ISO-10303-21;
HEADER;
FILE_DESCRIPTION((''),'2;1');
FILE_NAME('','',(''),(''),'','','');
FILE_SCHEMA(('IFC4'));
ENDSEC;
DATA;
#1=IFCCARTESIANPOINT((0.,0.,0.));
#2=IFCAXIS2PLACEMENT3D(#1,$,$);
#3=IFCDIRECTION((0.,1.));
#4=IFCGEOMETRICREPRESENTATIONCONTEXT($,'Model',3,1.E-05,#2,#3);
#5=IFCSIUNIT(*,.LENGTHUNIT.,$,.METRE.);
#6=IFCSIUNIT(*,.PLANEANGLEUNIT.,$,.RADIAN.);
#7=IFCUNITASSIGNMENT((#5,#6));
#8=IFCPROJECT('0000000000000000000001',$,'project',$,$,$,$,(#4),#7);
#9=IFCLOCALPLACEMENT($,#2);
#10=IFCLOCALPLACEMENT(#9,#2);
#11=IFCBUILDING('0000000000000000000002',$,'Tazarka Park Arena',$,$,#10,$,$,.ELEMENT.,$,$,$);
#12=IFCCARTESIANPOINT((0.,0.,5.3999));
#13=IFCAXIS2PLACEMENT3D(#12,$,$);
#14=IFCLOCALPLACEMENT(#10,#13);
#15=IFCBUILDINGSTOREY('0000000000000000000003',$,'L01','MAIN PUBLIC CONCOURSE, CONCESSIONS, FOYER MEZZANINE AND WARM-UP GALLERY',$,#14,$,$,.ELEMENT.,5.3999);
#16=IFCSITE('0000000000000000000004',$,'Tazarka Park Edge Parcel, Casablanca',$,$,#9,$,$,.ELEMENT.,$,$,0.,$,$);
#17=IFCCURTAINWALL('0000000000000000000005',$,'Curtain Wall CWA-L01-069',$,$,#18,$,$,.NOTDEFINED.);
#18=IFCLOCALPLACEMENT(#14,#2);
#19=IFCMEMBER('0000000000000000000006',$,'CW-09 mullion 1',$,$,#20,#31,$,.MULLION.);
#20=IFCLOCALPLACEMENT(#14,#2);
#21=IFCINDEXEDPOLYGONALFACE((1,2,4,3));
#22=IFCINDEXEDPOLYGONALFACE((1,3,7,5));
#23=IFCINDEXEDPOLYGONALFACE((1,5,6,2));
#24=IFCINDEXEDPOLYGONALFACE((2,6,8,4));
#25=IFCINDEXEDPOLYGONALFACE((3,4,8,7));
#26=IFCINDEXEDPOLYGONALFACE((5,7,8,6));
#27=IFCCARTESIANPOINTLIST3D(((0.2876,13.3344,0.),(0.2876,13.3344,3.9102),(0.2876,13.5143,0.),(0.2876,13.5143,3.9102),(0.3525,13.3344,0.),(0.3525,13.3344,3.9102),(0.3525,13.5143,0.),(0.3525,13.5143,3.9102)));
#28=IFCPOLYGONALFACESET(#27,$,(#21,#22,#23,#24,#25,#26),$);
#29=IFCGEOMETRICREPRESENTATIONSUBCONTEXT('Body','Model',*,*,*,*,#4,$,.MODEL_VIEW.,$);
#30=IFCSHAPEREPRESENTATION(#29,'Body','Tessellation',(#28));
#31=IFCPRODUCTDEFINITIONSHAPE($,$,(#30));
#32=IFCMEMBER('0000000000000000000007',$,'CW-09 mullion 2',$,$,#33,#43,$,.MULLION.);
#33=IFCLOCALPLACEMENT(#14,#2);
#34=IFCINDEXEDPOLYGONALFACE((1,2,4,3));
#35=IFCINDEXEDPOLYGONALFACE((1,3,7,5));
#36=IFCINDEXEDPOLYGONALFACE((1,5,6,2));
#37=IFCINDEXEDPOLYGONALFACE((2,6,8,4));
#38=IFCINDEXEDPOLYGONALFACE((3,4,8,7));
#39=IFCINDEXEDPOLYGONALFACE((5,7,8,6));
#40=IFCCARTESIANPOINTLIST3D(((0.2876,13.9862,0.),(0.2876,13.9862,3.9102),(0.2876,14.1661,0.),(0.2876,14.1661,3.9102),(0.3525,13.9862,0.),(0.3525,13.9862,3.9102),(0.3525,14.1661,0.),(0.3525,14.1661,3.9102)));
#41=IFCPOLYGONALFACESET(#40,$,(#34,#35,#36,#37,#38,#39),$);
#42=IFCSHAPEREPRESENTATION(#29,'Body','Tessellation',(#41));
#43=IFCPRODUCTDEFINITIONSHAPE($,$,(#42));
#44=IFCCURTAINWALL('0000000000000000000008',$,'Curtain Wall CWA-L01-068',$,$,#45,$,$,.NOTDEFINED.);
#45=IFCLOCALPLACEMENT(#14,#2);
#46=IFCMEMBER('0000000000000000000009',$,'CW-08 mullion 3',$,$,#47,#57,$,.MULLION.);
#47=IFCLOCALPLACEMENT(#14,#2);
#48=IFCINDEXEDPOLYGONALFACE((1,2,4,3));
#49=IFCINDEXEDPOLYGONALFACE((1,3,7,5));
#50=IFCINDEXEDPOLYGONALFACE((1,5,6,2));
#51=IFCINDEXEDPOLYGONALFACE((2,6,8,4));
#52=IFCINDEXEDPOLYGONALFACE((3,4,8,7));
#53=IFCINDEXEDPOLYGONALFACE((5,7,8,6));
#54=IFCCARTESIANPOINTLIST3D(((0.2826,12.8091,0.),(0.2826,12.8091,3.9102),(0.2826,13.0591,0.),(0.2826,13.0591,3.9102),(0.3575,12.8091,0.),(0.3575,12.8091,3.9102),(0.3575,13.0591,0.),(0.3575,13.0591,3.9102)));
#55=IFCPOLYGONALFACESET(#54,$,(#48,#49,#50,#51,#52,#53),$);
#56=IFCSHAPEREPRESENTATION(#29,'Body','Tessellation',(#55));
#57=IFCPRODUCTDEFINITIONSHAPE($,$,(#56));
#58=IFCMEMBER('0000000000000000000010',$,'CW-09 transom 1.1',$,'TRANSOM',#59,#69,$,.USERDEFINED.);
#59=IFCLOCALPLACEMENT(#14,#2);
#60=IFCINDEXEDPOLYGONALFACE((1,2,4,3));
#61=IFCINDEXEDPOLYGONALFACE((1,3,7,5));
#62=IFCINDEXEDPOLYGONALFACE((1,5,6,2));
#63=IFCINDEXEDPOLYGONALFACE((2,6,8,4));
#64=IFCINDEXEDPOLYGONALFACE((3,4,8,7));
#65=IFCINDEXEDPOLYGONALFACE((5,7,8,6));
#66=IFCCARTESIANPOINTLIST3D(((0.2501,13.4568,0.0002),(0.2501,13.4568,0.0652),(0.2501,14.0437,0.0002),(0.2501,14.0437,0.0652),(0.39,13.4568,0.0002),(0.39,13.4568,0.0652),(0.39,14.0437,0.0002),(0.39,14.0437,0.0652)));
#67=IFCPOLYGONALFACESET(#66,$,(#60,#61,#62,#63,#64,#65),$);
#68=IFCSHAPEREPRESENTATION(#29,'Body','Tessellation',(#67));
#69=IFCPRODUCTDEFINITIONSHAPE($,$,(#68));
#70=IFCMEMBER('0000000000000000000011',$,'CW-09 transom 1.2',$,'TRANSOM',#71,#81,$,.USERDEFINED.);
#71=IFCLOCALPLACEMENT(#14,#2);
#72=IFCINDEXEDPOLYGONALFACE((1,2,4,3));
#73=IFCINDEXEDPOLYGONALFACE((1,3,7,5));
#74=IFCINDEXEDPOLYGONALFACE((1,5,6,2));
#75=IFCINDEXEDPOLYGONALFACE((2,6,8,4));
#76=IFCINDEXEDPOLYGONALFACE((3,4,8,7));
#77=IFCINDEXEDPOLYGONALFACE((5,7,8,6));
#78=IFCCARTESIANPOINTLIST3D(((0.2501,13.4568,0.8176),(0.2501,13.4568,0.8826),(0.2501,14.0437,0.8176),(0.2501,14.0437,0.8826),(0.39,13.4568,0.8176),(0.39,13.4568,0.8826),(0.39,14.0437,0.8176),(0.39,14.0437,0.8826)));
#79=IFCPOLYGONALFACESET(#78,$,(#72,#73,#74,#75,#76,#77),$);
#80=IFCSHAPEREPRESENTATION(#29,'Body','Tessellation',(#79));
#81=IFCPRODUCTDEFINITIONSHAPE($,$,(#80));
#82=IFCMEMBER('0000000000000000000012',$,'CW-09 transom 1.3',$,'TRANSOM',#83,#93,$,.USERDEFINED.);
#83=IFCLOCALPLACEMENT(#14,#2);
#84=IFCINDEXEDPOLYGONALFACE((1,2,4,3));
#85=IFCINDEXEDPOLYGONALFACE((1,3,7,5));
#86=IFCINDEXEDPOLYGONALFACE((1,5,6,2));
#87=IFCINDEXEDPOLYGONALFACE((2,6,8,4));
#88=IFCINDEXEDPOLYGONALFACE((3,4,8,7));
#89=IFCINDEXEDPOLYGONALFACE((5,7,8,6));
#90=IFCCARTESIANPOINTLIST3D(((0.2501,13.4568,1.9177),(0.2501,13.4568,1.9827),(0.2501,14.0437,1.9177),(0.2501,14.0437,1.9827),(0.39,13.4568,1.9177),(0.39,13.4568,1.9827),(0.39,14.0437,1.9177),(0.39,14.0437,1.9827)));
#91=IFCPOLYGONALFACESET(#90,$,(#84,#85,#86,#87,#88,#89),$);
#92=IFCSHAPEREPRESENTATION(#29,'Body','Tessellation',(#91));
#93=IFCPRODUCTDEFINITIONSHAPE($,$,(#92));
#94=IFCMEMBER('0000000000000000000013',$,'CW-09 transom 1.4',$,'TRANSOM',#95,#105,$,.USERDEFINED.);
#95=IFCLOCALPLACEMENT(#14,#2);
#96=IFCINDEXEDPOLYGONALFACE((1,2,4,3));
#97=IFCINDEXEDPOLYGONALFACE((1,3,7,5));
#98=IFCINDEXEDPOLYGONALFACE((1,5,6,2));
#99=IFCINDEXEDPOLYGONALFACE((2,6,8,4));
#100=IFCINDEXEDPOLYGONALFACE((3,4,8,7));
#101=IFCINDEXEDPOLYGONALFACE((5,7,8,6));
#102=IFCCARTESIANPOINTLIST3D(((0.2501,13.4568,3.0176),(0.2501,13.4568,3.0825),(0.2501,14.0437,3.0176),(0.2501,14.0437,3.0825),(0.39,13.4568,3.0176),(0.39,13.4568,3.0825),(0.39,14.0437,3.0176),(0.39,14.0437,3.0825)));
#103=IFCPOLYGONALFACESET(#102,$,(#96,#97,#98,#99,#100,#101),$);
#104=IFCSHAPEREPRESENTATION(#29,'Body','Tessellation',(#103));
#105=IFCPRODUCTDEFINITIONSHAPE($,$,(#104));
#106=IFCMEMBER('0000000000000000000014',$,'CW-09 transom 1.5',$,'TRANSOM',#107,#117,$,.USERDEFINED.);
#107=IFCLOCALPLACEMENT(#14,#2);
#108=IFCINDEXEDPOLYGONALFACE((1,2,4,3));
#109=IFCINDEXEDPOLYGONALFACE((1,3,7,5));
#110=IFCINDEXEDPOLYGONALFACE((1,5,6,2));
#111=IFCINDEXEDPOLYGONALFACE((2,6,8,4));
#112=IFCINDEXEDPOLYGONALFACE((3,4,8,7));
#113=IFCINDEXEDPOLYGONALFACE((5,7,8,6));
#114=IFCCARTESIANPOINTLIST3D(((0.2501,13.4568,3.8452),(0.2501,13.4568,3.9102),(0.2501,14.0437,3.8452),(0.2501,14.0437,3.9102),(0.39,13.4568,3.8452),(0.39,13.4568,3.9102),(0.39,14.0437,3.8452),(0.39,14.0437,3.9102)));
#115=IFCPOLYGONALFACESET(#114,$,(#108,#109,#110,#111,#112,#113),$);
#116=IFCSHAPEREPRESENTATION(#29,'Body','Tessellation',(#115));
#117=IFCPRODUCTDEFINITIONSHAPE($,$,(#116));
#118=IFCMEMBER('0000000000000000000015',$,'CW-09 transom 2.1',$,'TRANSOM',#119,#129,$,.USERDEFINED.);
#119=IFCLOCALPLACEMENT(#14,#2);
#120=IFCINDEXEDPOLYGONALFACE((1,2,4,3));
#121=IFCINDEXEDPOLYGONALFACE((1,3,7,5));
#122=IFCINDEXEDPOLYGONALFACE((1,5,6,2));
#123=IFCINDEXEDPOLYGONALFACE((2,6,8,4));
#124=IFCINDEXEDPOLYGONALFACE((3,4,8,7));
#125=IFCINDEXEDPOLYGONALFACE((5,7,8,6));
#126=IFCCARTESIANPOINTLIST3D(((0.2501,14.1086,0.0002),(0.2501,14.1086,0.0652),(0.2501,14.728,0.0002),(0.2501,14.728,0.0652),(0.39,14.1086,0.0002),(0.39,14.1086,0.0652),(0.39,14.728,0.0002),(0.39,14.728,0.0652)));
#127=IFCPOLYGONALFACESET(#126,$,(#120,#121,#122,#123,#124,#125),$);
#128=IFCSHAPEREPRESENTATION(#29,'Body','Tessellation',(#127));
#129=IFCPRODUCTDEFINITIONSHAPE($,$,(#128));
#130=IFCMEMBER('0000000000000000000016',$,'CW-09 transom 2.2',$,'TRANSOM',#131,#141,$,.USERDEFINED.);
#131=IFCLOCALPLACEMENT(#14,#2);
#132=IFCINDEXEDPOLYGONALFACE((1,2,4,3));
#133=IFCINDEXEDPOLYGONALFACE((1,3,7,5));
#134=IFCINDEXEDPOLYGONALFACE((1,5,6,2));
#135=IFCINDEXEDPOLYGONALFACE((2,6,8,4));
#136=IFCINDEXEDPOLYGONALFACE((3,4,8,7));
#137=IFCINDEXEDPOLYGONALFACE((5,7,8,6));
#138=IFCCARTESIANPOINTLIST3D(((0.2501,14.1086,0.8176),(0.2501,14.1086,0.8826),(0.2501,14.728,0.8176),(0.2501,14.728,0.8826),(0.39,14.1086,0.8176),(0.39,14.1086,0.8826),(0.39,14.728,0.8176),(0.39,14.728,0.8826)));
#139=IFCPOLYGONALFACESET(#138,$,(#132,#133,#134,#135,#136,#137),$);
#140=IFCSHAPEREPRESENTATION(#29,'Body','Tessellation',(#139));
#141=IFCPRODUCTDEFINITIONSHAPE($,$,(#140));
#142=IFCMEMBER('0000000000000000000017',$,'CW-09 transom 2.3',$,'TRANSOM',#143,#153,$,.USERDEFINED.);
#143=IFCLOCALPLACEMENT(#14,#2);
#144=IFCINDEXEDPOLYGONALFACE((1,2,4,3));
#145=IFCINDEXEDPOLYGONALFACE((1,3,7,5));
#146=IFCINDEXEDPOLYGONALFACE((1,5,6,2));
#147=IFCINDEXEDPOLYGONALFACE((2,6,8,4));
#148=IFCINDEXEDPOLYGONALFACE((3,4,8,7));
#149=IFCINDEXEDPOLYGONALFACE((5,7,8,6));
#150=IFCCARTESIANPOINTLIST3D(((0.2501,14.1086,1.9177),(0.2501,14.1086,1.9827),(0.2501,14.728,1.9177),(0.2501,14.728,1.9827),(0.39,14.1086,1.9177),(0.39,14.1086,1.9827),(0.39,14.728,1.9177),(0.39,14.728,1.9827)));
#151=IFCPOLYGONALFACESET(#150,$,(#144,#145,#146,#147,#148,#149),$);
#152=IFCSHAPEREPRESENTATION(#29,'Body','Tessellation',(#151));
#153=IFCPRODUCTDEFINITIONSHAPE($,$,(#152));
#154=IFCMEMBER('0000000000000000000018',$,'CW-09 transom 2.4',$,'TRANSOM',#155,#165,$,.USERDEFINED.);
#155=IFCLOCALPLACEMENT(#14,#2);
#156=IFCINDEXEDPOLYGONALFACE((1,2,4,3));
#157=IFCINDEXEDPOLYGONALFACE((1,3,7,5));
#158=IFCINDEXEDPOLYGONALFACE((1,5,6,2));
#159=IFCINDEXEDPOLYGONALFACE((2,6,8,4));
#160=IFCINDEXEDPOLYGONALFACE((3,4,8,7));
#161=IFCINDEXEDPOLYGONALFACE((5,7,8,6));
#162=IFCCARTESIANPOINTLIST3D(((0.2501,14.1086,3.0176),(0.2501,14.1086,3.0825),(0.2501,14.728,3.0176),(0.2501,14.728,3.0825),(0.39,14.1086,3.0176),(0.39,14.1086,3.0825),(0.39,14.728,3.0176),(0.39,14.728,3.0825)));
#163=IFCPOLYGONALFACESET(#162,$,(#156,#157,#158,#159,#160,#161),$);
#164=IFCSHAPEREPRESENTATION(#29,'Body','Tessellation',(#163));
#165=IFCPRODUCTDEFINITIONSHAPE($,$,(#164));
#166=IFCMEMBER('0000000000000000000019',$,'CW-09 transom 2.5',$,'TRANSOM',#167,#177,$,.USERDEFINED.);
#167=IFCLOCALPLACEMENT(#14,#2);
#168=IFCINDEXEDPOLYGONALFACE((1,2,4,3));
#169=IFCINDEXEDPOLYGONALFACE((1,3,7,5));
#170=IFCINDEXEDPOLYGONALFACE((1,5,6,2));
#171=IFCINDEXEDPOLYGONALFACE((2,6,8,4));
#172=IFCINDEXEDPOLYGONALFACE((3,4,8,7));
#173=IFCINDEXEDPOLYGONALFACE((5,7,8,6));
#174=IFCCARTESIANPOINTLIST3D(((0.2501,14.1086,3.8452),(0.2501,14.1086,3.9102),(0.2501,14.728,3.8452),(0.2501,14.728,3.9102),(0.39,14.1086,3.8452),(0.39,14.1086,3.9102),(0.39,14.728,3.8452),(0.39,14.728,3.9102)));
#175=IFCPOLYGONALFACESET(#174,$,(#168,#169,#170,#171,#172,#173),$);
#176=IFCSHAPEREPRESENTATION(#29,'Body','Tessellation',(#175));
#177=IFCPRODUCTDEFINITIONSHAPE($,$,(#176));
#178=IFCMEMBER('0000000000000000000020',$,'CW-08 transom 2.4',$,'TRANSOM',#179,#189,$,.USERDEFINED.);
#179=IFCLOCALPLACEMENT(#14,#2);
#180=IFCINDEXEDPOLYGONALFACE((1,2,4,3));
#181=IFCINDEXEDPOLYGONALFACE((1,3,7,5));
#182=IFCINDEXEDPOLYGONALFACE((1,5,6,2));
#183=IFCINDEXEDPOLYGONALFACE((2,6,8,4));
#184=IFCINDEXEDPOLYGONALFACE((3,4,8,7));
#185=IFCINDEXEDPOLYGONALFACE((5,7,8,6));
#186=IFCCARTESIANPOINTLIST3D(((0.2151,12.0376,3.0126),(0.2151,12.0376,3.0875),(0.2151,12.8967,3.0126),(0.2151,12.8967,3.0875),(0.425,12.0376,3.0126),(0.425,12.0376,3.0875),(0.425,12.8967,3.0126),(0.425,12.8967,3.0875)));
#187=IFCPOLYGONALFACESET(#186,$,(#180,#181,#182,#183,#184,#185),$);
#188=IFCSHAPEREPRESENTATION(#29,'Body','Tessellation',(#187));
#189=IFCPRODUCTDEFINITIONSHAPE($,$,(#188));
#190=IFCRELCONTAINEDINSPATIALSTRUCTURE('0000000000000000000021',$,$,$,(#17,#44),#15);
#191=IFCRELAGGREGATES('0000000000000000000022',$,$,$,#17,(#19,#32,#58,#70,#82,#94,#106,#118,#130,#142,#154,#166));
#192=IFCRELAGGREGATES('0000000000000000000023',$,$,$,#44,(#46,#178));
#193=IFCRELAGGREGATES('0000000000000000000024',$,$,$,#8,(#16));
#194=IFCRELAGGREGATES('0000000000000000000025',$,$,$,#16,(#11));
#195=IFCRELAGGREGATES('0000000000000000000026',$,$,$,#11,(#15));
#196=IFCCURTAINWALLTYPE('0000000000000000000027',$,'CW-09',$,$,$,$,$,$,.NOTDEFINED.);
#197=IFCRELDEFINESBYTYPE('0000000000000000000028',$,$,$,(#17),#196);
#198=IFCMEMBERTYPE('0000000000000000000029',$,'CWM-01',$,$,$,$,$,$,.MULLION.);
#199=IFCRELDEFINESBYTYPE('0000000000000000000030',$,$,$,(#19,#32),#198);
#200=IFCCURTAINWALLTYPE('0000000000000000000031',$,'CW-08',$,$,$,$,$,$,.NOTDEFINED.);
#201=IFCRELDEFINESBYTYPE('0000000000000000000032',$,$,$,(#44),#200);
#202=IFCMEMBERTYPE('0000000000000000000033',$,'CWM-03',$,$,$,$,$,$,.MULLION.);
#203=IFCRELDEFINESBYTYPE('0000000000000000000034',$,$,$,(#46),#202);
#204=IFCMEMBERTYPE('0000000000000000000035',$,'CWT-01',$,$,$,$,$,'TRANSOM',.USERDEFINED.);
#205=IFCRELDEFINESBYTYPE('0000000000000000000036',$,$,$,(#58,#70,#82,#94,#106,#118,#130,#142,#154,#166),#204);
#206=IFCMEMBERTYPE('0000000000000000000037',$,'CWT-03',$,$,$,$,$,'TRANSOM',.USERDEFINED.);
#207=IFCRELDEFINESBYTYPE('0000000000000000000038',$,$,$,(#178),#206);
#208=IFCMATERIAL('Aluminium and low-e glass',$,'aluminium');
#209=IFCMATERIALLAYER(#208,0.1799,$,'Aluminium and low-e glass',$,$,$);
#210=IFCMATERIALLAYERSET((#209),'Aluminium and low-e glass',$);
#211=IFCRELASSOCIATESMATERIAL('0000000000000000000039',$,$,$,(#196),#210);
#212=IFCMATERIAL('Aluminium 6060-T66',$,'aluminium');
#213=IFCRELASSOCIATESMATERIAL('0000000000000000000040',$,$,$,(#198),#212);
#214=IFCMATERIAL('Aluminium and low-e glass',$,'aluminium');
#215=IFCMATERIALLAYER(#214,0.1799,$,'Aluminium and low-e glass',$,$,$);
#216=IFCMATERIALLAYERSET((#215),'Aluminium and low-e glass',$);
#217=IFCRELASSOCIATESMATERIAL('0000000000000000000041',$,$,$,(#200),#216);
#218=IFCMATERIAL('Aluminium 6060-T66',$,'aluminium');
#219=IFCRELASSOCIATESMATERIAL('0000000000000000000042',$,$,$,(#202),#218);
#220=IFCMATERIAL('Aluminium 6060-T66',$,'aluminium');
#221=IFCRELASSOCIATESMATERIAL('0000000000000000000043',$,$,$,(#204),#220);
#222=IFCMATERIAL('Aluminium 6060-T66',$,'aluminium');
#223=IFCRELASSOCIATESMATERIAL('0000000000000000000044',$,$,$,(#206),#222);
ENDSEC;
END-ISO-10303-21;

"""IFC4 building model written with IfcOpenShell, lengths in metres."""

from ifc_helpers import new_model, si_unit, direction, frame, origin, origin_2d, place, context, subcontext, project, spatial, rectangle, extrude, material, layer, layer_set, material_profile, profile_set, type_object, element, aggregate, save


model = new_model("IFC4")

# Units and contexts
model_context = context("Model", 3, precision=1e-05, world=origin(), true_north=direction((0.0, 1.0)))
body_context = subcontext(model_context, "Body", "Model", "MODEL_VIEW")
ifc_project = project(units=[si_unit("LENGTHUNIT", "METRE"), si_unit("PLANEANGLEUNIT", "RADIAN")], contexts=[model_context])

# Site, building, storey
site_placement = place(None, origin())
site = spatial("IfcSite", under=ifc_project, at=site_placement, Name="Tazarka Park Edge Parcel, Casablanca", CompositionType="ELEMENT", RefElevation=0.0)
building_placement = place(site_placement, origin())
building = spatial("IfcBuilding", under=site, at=building_placement, Name="Tazarka Park Arena", CompositionType="ELEMENT")
storey_placement = place(building_placement, frame((0.0, 0.0, 5.3999)))
storey = spatial("IfcBuildingStorey", under=building, at=storey_placement, Name="L01", Description="MAIN PUBLIC CONCOURSE, CONCESSIONS, FOYER MEZZANINE AND WARM-UP GALLERY", CompositionType="ELEMENT", Elevation=5.3999)

# Curtain wall, members
ifc_material_1 = material(Name="Aluminium and low-e glass", Category="aluminium")
ifc_layer_1 = layer(ifc_material_1, 0.1799, Name="Aluminium and low-e glass")
ifc_layer_set_1 = layer_set([ifc_layer_1], Name="Aluminium and low-e glass")
curtain_wall_type_1 = type_object("IfcCurtainWallType", Name="CW-09", PredefinedType="NOTDEFINED", material=ifc_layer_set_1)
curtain_wall_1_placement = place(storey_placement, origin())
curtain_wall_1 = element("IfcCurtainWall", 1, at=curtain_wall_1_placement, inside=storey, type_object=curtain_wall_type_1, Name="Curtain Wall CWA-L01-069", PredefinedType="NOTDEFINED")
ifc_material_2 = material(Name="Aluminium 6060-T66", Category="aluminium")
ifc_material_profile_1 = material_profile(ifc_material_2, rectangle(XDim=0.0649, YDim=0.1799, at=origin_2d()), Name="Aluminium 6060-T66")
ifc_profile_set_1 = profile_set([ifc_material_profile_1], Name="Aluminium 6060-T66")
member_type_1 = type_object("IfcMemberType", Name="CWM-01", PredefinedType="MULLION", material=ifc_profile_set_1)
member_1_placement = place(storey_placement, frame((0.3201, 13.4243, 0.0), z_axis=(0.0, 0.0, 1.0), x_axis=(-1.0, 0.0, 0.0)))
member_1 = element("IfcMember", 2, at=member_1_placement, type_object=member_type_1, Name="CW-09 mullion 1", PredefinedType="MULLION", context=body_context, shape_type="SweptSolid", body=[
    extrude(rectangle(XDim=0.0649, YDim=0.1799, at=origin_2d()), origin(), (0.0, 0.0, 1.0), 3.9102),
])
member_2_placement = place(storey_placement, frame((0.3201, 14.0762, 0.0), z_axis=(0.0, 0.0, 1.0), x_axis=(-1.0, 0.0, 0.0)))
member_2 = element("IfcMember", 3, at=member_2_placement, type_object=member_type_1, Name="CW-09 mullion 2", PredefinedType="MULLION", context=body_context, shape_type="SweptSolid", body=[
    extrude(rectangle(XDim=0.0649, YDim=0.1799, at=origin_2d()), origin(), (0.0, 0.0, 1.0), 3.9102),
])

# Curtain wall, member
ifc_material_3 = material(Name="Aluminium and low-e glass", Category="aluminium")
ifc_layer_2 = layer(ifc_material_3, 0.1799, Name="Aluminium and low-e glass")
ifc_layer_set_2 = layer_set([ifc_layer_2], Name="Aluminium and low-e glass")
curtain_wall_type_2 = type_object("IfcCurtainWallType", Name="CW-08", PredefinedType="NOTDEFINED", material=ifc_layer_set_2)
curtain_wall_2_placement = place(storey_placement, origin())
curtain_wall_2 = element("IfcCurtainWall", 4, at=curtain_wall_2_placement, inside=storey, type_object=curtain_wall_type_2, Name="Curtain Wall CWA-L01-068", PredefinedType="NOTDEFINED")
ifc_material_4 = material(Name="Aluminium 6060-T66", Category="aluminium")
ifc_material_profile_2 = material_profile(ifc_material_4, rectangle(XDim=0.075, YDim=0.25, at=origin_2d()), Name="Aluminium 6060-T66")
ifc_profile_set_2 = profile_set([ifc_material_profile_2], Name="Aluminium 6060-T66")
member_type_2 = type_object("IfcMemberType", Name="CWM-03", PredefinedType="MULLION", material=ifc_profile_set_2)
member_3_placement = place(storey_placement, frame((0.3201, 12.9341, 0.0), z_axis=(0.0, 0.0, 1.0), x_axis=(-1.0, 0.0, 0.0)))
member_3 = element("IfcMember", 5, at=member_3_placement, type_object=member_type_2, Name="CW-08 mullion 3", PredefinedType="MULLION", context=body_context, shape_type="SweptSolid", body=[
    extrude(rectangle(XDim=0.075, YDim=0.25, at=origin_2d()), origin(), (0.0, 0.0, 1.0), 3.9102),
])

# Members
ifc_material_5 = material(Name="Aluminium 6060-T66", Category="aluminium")
ifc_material_profile_3 = material_profile(ifc_material_5, rectangle(XDim=0.1399, YDim=0.0649, at=origin_2d()), Name="Aluminium 6060-T66")
ifc_profile_set_3 = profile_set([ifc_material_profile_3], Name="Aluminium 6060-T66")
member_type_3 = type_object("IfcMemberType", Name="CWT-01", ElementType="TRANSOM", PredefinedType="USERDEFINED", material=ifc_profile_set_3)
member_4_placement = place(storey_placement, frame((0.3201, 13.4568, 0.0327), z_axis=(0.0, 1.0, 0.0), x_axis=(-1.0, 0.0, 0.0)))
member_4 = element("IfcMember", 6, at=member_4_placement, type_object=member_type_3, Name="CW-09 transom 1.1", ObjectType="TRANSOM", PredefinedType="USERDEFINED", context=body_context, shape_type="SweptSolid", body=[
    extrude(rectangle(XDim=0.1399, YDim=0.0649, at=origin_2d()), origin(), (0.0, 0.0, 1.0), 0.5869),
])
member_5_placement = place(storey_placement, frame((0.3201, 13.4568, 0.8501), z_axis=(0.0, 1.0, 0.0), x_axis=(-1.0, 0.0, 0.0)))
member_5 = element("IfcMember", 7, at=member_5_placement, type_object=member_type_3, Name="CW-09 transom 1.2", ObjectType="TRANSOM", PredefinedType="USERDEFINED", context=body_context, shape_type="SweptSolid", body=[
    extrude(rectangle(XDim=0.1399, YDim=0.0649, at=origin_2d()), origin(), (0.0, 0.0, 1.0), 0.5869),
])
member_6_placement = place(storey_placement, frame((0.3201, 13.4568, 1.9502), z_axis=(0.0, 1.0, 0.0), x_axis=(-1.0, 0.0, 0.0)))
member_6 = element("IfcMember", 8, at=member_6_placement, type_object=member_type_3, Name="CW-09 transom 1.3", ObjectType="TRANSOM", PredefinedType="USERDEFINED", context=body_context, shape_type="SweptSolid", body=[
    extrude(rectangle(XDim=0.1399, YDim=0.0649, at=origin_2d()), origin(), (0.0, 0.0, 1.0), 0.5869),
])
member_7_placement = place(storey_placement, frame((0.3201, 13.4568, 3.05), z_axis=(0.0, 1.0, 0.0), x_axis=(-1.0, 0.0, 0.0)))
member_7 = element("IfcMember", 9, at=member_7_placement, type_object=member_type_3, Name="CW-09 transom 1.4", ObjectType="TRANSOM", PredefinedType="USERDEFINED", context=body_context, shape_type="SweptSolid", body=[
    extrude(rectangle(XDim=0.1399, YDim=0.0649, at=origin_2d()), origin(), (0.0, 0.0, 1.0), 0.5869),
])
member_8_placement = place(storey_placement, frame((0.3201, 13.4568, 3.8777), z_axis=(0.0, 1.0, 0.0), x_axis=(-1.0, 0.0, 0.0)))
member_8 = element("IfcMember", 10, at=member_8_placement, type_object=member_type_3, Name="CW-09 transom 1.5", ObjectType="TRANSOM", PredefinedType="USERDEFINED", context=body_context, shape_type="SweptSolid", body=[
    extrude(rectangle(XDim=0.1399, YDim=0.0649, at=origin_2d()), origin(), (0.0, 0.0, 1.0), 0.5869),
])
member_9_placement = place(storey_placement, frame((0.3201, 14.1086, 0.0327), z_axis=(0.0, 1.0, 0.0), x_axis=(-1.0, 0.0, 0.0)))
member_9 = element("IfcMember", 11, at=member_9_placement, type_object=member_type_3, Name="CW-09 transom 2.1", ObjectType="TRANSOM", PredefinedType="USERDEFINED", context=body_context, shape_type="SweptSolid", body=[
    extrude(rectangle(XDim=0.1399, YDim=0.0649, at=origin_2d()), origin(), (0.0, 0.0, 1.0), 0.6194),
])
member_10_placement = place(storey_placement, frame((0.3201, 14.1086, 0.8501), z_axis=(0.0, 1.0, 0.0), x_axis=(-1.0, 0.0, 0.0)))
member_10 = element("IfcMember", 12, at=member_10_placement, type_object=member_type_3, Name="CW-09 transom 2.2", ObjectType="TRANSOM", PredefinedType="USERDEFINED", context=body_context, shape_type="SweptSolid", body=[
    extrude(rectangle(XDim=0.1399, YDim=0.0649, at=origin_2d()), origin(), (0.0, 0.0, 1.0), 0.6194),
])
member_11_placement = place(storey_placement, frame((0.3201, 14.1086, 1.9502), z_axis=(0.0, 1.0, 0.0), x_axis=(-1.0, 0.0, 0.0)))
member_11 = element("IfcMember", 13, at=member_11_placement, type_object=member_type_3, Name="CW-09 transom 2.3", ObjectType="TRANSOM", PredefinedType="USERDEFINED", context=body_context, shape_type="SweptSolid", body=[
    extrude(rectangle(XDim=0.1399, YDim=0.0649, at=origin_2d()), origin(), (0.0, 0.0, 1.0), 0.6194),
])
member_12_placement = place(storey_placement, frame((0.3201, 14.1086, 3.05), z_axis=(0.0, 1.0, 0.0), x_axis=(-1.0, 0.0, 0.0)))
member_12 = element("IfcMember", 14, at=member_12_placement, type_object=member_type_3, Name="CW-09 transom 2.4", ObjectType="TRANSOM", PredefinedType="USERDEFINED", context=body_context, shape_type="SweptSolid", body=[
    extrude(rectangle(XDim=0.1399, YDim=0.0649, at=origin_2d()), origin(), (0.0, 0.0, 1.0), 0.6194),
])
member_13_placement = place(storey_placement, frame((0.3201, 14.1086, 3.8777), z_axis=(0.0, 1.0, 0.0), x_axis=(-1.0, 0.0, 0.0)))
member_13 = element("IfcMember", 15, at=member_13_placement, type_object=member_type_3, Name="CW-09 transom 2.5", ObjectType="TRANSOM", PredefinedType="USERDEFINED", context=body_context, shape_type="SweptSolid", body=[
    extrude(rectangle(XDim=0.1399, YDim=0.0649, at=origin_2d()), origin(), (0.0, 0.0, 1.0), 0.6194),
])
ifc_material_6 = material(Name="Aluminium 6060-T66", Category="aluminium")
ifc_material_profile_4 = material_profile(ifc_material_6, rectangle(XDim=0.21, YDim=0.075, at=origin_2d()), Name="Aluminium 6060-T66")
ifc_profile_set_4 = profile_set([ifc_material_profile_4], Name="Aluminium 6060-T66")
member_type_4 = type_object("IfcMemberType", Name="CWT-03", ElementType="TRANSOM", PredefinedType="USERDEFINED", material=ifc_profile_set_4)
member_14_placement = place(storey_placement, frame((0.3201, 12.0376, 3.05), z_axis=(0.0, 1.0, 0.0), x_axis=(-1.0, 0.0, 0.0)))
member_14 = element("IfcMember", 16, at=member_14_placement, type_object=member_type_4, Name="CW-08 transom 2.4", ObjectType="TRANSOM", PredefinedType="USERDEFINED", context=body_context, shape_type="SweptSolid", body=[
    extrude(rectangle(XDim=0.21, YDim=0.075, at=origin_2d()), origin(), (0.0, 0.0, 1.0), 0.8591),
])

aggregate(curtain_wall_1, [member_1, member_2, member_4, member_5, member_6, member_7, member_8, member_9, member_10, member_11, member_12, member_13])
aggregate(curtain_wall_2, [member_3, member_14])

save(model, "model.ifc")
